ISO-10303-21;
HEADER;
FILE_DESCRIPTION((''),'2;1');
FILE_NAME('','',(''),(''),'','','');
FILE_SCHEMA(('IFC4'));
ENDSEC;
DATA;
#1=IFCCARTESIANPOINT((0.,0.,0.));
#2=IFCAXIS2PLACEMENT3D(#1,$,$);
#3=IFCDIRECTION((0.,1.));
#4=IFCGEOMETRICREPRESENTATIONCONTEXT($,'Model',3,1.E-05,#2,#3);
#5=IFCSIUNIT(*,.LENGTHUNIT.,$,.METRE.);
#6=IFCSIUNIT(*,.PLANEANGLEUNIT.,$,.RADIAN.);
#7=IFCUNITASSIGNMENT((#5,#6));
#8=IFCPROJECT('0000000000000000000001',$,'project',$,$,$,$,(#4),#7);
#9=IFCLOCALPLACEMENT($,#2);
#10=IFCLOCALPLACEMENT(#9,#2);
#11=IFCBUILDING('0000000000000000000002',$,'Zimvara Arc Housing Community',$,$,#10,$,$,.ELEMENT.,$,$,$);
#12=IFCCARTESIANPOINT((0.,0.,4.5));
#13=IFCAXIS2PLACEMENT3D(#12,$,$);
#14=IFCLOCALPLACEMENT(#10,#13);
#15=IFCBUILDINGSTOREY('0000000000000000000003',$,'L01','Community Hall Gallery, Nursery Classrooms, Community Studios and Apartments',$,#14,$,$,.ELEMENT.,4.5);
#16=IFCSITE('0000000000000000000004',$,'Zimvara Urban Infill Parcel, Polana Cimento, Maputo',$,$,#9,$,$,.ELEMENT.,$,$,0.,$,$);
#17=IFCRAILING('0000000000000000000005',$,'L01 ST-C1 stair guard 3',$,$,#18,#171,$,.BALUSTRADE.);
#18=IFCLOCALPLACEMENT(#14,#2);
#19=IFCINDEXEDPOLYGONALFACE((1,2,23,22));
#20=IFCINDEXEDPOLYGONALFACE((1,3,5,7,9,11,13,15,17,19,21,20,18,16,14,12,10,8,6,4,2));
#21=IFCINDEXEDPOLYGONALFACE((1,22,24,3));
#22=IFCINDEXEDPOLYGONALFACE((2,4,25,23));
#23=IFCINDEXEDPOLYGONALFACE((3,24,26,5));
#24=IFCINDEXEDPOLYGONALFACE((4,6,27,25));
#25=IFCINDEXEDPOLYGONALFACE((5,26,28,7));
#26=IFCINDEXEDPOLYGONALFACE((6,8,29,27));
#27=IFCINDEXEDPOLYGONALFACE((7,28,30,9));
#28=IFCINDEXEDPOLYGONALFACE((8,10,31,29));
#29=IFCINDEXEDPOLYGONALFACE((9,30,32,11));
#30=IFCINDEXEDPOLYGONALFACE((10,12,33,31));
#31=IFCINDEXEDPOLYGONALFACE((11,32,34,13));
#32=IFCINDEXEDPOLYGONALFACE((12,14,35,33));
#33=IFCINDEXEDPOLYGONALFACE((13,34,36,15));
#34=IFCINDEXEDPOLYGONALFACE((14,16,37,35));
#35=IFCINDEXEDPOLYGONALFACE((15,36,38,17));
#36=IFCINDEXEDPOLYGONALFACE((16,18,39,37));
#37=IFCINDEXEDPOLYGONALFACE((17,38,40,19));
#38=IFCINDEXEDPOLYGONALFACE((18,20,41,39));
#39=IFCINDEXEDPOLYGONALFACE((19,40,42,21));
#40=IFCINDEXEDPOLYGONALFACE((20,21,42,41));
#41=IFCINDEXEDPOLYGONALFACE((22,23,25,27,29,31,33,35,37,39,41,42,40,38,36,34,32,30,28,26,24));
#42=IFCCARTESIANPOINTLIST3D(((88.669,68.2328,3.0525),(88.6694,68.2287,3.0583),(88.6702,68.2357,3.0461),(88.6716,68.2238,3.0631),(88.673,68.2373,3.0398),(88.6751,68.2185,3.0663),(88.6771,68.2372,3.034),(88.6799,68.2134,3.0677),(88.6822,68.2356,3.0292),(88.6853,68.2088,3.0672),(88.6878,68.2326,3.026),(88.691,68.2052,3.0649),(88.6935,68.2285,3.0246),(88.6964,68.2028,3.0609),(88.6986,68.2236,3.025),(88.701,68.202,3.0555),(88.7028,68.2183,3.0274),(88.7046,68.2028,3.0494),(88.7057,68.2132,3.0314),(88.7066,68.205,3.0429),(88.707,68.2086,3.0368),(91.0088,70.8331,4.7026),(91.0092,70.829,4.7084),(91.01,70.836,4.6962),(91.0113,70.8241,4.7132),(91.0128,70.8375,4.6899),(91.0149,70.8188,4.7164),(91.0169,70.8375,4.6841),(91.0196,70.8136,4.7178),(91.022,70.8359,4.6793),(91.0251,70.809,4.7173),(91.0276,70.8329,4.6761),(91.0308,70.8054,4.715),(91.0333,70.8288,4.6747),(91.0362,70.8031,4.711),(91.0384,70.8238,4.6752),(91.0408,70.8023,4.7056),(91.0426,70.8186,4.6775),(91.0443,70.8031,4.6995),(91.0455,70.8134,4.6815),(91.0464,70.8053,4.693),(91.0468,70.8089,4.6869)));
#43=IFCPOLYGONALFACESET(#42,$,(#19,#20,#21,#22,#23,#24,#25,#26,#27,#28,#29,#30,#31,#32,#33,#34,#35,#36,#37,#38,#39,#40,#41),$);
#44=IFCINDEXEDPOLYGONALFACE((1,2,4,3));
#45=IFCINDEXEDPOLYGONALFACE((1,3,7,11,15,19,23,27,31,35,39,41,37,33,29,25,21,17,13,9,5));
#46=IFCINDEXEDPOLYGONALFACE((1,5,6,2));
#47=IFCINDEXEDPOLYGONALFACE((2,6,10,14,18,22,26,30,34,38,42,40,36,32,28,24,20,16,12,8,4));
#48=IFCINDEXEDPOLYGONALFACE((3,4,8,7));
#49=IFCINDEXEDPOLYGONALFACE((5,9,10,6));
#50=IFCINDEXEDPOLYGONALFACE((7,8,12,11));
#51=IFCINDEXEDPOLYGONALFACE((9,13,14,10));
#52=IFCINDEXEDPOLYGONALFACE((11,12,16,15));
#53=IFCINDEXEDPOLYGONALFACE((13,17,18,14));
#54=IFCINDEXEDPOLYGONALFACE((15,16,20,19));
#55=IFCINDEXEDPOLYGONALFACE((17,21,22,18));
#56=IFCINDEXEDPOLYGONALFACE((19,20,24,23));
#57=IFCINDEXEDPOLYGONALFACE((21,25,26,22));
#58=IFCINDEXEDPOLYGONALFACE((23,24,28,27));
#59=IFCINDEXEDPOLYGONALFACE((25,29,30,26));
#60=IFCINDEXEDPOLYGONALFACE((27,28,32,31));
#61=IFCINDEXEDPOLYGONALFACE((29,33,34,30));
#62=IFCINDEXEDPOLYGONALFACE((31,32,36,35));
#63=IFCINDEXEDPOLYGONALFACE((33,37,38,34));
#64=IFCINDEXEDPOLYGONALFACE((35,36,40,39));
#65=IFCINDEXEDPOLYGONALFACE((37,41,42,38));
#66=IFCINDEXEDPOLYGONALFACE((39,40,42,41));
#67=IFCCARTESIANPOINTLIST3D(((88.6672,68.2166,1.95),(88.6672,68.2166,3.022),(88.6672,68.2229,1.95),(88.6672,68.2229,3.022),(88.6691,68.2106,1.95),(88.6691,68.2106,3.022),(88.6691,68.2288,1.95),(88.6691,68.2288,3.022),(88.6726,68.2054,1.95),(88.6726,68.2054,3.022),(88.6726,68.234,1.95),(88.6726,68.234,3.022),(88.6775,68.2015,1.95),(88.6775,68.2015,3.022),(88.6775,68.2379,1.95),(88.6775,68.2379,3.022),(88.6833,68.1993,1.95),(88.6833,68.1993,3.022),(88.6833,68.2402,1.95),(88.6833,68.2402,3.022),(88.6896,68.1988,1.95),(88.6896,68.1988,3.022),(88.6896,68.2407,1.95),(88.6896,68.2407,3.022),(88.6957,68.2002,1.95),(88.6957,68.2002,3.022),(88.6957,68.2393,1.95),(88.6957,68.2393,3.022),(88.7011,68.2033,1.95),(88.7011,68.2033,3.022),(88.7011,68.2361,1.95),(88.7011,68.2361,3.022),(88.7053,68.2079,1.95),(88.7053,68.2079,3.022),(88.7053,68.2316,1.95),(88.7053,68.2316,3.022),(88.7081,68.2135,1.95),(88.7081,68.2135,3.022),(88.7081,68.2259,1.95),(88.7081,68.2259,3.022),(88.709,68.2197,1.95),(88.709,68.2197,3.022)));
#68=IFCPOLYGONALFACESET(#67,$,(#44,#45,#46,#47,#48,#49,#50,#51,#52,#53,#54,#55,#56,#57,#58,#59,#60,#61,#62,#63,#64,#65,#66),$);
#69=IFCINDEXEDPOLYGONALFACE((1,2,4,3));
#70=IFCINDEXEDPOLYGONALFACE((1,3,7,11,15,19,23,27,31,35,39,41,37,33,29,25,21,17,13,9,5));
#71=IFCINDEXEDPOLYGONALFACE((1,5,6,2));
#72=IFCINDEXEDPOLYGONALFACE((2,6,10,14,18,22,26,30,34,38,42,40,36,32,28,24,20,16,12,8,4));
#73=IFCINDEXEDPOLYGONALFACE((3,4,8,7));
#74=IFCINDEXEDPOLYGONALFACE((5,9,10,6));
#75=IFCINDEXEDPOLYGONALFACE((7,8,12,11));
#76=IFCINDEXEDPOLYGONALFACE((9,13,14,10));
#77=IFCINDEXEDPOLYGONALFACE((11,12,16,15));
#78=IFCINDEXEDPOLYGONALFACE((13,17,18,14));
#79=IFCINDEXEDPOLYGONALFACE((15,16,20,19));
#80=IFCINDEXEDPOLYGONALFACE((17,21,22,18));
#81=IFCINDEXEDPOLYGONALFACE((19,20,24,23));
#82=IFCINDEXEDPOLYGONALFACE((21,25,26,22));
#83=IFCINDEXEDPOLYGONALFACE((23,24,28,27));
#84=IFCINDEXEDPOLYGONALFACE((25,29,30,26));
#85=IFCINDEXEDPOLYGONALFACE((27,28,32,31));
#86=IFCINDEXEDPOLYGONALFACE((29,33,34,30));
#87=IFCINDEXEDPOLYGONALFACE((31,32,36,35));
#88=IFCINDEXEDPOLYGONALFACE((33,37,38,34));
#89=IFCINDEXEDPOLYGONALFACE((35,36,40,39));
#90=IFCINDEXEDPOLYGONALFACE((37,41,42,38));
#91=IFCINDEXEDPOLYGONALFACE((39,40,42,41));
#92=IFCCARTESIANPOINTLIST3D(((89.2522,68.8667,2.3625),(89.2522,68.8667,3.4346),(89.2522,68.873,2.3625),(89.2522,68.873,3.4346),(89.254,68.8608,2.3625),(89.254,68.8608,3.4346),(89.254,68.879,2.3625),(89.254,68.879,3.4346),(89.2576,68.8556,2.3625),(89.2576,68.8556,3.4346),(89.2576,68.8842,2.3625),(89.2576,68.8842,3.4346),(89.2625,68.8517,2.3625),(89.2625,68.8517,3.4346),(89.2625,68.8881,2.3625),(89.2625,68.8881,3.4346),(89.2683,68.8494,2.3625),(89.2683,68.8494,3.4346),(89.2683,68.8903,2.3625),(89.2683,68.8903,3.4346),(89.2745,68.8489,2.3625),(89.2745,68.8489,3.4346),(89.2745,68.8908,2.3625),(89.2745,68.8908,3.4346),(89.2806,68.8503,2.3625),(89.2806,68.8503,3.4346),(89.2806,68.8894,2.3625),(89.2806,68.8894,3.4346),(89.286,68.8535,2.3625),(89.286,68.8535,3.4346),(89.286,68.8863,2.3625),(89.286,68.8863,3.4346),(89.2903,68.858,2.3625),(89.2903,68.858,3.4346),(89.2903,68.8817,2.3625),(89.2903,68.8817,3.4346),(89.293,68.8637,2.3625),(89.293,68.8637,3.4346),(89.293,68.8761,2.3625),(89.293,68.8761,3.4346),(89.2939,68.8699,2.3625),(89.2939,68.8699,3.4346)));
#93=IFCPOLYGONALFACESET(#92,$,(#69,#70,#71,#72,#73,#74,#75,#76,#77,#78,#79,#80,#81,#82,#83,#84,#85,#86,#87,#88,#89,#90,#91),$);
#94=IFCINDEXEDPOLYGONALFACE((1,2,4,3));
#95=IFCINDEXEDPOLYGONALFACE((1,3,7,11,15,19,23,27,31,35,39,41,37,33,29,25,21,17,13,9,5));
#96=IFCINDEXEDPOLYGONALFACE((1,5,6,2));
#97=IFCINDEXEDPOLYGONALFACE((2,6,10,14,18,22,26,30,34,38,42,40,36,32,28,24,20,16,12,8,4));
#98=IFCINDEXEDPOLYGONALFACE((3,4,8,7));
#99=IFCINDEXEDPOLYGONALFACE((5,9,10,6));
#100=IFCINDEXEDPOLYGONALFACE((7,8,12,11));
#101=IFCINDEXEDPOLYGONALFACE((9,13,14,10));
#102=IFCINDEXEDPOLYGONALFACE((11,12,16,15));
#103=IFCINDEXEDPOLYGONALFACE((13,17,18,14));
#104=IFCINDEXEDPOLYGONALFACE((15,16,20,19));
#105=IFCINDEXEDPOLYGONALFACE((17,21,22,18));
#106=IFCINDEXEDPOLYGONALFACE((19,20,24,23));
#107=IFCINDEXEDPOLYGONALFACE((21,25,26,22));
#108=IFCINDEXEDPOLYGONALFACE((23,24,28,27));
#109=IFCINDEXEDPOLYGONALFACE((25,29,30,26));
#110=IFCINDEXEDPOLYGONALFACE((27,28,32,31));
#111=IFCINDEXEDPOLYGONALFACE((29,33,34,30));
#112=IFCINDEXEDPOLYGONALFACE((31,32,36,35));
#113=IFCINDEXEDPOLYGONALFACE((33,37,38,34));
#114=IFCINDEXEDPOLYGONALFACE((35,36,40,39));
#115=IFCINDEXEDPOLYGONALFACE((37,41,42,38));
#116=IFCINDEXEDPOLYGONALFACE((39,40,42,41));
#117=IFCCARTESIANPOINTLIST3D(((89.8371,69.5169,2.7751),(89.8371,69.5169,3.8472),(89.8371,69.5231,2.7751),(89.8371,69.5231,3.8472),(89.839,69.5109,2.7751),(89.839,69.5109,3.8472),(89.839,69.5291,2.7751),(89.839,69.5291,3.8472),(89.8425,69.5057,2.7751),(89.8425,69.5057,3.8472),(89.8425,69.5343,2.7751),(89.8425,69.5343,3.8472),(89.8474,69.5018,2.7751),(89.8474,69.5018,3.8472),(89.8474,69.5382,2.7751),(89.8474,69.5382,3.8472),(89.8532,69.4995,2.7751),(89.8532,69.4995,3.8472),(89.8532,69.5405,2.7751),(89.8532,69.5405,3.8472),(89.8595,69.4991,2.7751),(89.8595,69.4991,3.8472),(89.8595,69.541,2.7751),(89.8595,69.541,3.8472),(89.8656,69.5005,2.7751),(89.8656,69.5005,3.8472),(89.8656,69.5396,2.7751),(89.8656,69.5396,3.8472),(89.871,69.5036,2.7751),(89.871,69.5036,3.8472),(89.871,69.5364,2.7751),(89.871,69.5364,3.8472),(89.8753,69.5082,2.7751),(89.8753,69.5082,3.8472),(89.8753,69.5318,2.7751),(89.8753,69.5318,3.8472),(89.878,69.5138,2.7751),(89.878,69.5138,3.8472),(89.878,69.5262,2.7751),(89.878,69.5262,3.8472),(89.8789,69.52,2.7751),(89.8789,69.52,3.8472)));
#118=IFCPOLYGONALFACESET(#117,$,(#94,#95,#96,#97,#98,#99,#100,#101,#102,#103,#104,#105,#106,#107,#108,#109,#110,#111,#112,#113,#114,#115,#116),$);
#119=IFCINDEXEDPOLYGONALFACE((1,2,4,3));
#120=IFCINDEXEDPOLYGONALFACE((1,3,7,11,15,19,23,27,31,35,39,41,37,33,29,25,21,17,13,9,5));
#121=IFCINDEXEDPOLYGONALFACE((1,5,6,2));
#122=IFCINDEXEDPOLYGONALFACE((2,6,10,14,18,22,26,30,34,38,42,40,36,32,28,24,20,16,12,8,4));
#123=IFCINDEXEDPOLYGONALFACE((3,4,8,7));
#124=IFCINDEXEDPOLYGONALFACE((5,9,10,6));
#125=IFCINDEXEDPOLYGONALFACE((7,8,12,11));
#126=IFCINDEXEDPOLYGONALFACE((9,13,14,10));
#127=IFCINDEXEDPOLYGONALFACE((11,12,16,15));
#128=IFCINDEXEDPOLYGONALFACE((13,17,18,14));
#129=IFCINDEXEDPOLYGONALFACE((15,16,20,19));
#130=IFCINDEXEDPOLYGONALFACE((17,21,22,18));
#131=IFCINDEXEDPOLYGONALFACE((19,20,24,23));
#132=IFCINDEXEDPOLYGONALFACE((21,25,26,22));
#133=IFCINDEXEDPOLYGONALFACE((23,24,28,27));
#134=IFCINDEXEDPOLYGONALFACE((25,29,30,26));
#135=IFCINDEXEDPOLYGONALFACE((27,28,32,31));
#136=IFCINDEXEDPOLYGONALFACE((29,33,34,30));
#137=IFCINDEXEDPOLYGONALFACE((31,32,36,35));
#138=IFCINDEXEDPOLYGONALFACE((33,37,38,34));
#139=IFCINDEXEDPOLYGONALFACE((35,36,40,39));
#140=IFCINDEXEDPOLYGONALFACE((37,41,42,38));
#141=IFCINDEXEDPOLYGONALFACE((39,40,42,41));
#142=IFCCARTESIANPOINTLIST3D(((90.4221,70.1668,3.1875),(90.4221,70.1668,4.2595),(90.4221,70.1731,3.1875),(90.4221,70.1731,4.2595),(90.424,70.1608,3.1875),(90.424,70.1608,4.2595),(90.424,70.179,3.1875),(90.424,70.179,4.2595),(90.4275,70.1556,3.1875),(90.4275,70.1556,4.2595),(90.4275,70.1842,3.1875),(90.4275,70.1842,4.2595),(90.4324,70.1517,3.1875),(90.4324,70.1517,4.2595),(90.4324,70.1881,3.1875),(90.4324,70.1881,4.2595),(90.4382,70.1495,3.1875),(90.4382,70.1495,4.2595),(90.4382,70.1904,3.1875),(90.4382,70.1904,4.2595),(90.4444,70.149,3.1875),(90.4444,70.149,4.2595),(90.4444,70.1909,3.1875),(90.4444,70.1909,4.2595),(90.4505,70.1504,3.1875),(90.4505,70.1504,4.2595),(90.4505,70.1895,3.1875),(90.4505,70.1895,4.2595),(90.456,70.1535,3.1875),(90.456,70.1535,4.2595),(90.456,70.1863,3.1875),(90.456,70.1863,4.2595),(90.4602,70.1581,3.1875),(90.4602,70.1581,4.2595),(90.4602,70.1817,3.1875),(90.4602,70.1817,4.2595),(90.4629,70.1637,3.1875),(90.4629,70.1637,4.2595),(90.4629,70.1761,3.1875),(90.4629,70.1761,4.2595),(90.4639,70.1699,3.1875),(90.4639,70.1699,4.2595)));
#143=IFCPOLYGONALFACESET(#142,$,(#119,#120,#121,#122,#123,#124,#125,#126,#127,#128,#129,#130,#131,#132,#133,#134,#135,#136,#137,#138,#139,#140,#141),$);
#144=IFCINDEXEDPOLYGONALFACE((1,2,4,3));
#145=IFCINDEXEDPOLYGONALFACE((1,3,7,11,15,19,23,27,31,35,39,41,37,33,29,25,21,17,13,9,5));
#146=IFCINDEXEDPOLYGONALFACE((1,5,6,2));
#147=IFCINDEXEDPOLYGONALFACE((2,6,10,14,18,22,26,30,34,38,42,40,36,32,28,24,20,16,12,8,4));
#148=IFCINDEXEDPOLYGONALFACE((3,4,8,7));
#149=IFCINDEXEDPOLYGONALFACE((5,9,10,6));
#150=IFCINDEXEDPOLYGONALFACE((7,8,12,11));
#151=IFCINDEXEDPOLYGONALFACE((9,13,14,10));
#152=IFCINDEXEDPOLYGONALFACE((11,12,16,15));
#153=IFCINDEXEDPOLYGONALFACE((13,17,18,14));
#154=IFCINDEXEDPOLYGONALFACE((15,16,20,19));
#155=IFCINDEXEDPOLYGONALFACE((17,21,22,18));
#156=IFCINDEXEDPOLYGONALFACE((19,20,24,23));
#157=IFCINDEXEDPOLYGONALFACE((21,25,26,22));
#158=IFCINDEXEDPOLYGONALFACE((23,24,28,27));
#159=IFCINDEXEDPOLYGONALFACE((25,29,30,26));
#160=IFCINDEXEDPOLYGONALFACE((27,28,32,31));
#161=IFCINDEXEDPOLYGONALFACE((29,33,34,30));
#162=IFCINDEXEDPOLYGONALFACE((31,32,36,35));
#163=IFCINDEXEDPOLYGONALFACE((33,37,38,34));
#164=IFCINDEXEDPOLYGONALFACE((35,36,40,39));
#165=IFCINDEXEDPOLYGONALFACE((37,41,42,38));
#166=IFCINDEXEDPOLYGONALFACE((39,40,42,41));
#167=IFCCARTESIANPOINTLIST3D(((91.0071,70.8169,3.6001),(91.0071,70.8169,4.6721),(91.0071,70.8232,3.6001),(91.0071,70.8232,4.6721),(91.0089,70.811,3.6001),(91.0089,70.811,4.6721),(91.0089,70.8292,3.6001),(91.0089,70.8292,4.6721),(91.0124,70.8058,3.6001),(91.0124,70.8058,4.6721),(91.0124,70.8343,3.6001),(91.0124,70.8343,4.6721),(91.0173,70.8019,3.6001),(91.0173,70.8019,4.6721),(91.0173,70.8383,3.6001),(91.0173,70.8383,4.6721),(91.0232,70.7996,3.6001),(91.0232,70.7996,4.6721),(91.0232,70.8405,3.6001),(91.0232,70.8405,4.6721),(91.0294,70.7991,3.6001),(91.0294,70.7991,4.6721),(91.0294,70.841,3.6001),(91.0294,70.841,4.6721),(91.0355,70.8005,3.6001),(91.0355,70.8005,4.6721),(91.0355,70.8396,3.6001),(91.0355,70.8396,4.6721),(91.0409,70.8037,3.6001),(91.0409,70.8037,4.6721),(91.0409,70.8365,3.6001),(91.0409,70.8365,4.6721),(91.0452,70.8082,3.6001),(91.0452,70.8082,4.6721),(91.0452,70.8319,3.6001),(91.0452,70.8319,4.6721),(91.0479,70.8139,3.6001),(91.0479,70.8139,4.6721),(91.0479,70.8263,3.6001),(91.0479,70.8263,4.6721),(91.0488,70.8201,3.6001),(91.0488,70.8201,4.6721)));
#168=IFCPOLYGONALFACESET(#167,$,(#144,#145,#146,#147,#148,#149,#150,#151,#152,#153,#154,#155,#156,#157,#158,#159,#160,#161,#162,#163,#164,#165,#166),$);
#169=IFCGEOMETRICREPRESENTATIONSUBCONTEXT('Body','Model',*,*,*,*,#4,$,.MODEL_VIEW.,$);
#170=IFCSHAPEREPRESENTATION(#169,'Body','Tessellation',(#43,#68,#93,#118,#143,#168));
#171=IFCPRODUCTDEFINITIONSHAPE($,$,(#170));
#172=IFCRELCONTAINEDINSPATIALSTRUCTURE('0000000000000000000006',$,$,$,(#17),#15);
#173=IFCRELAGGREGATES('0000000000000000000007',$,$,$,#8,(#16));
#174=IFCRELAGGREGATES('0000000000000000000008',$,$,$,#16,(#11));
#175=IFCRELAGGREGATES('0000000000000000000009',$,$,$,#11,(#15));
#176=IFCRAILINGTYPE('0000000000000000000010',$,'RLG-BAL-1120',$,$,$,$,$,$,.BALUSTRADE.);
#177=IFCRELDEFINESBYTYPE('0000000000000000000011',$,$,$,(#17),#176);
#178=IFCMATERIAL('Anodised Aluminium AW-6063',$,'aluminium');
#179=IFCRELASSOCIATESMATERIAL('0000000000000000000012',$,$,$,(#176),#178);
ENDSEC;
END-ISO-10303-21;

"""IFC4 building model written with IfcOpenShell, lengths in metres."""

from ifc_helpers import new_model, si_unit, direction, frame, origin, origin_2d, place, context, subcontext, project, spatial, circle, extrude, material, type_object, element, save


model = new_model("IFC4")

# Units and contexts
model_context = context("Model", 3, precision=1e-05, world=origin(), true_north=direction((0.0, 1.0)))
body_context = subcontext(model_context, "Body", "Model", "MODEL_VIEW")
ifc_project = project(units=[si_unit("LENGTHUNIT", "METRE"), si_unit("PLANEANGLEUNIT", "RADIAN")], contexts=[model_context])

# Site, building, storey
site_placement = place(None, origin())
site = spatial("IfcSite", under=ifc_project, at=site_placement, Name="Zimvara Urban Infill Parcel, Polana Cimento, Maputo", CompositionType="ELEMENT", RefElevation=0.0)
building_placement = place(site_placement, origin())
building = spatial("IfcBuilding", under=site, at=building_placement, Name="Zimvara Arc Housing Community", CompositionType="ELEMENT")
storey_placement = place(building_placement, frame((0.0, 0.0, 4.5)))
storey = spatial("IfcBuildingStorey", under=building, at=storey_placement, Name="L01", Description="Community Hall Gallery, Nursery Classrooms, Community Studios and Apartments", CompositionType="ELEMENT", Elevation=4.5)

# Railing
ifc_material_1 = material(Name="Anodised Aluminium AW-6063", Category="aluminium")
railing_type = type_object("IfcRailingType", Name="RLG-BAL-1120", PredefinedType="BALUSTRADE", material=ifc_material_1)
railing_placement = place(storey_placement, frame((88.688, 68.2197, 1.95)))
element("IfcRailing", 1, at=railing_placement, inside=storey, type_object=railing_type, Name="L01 ST-C1 stair guard 3", PredefinedType="BALUSTRADE", context=body_context, shape_type="SweptSolid", body=[
    extrude(circle(Radius=0.0239, at=origin_2d()), frame((0.0, 0.0, 1.0962), z_axis=(0.60496, 0.672311, 0.42664), x_axis=(-0.74336, 0.668891, 0.0)), (0.0, 0.0, 1.0), 3.8677),
    extrude(circle(Radius=0.021, at=origin_2d()), origin(), (0.0, 0.0, 1.0), 1.072),
    extrude(circle(Radius=0.021, at=origin_2d()), frame((0.585, 0.6501, 0.4126)), (0.0, 0.0, 1.0), 1.072),
    extrude(circle(Radius=0.021, at=origin_2d()), frame((1.1699, 1.3003, 0.8252)), (0.0, 0.0, 1.0), 1.072),
    extrude(circle(Radius=0.021, at=origin_2d()), frame((1.7549, 1.9502, 1.2375)), (0.0, 0.0, 1.0), 1.072),
    extrude(circle(Radius=0.021, at=origin_2d()), frame((2.3398, 2.6003, 1.6501)), (0.0, 0.0, 1.0), 1.072),
])

save(model, "model.ifc")
